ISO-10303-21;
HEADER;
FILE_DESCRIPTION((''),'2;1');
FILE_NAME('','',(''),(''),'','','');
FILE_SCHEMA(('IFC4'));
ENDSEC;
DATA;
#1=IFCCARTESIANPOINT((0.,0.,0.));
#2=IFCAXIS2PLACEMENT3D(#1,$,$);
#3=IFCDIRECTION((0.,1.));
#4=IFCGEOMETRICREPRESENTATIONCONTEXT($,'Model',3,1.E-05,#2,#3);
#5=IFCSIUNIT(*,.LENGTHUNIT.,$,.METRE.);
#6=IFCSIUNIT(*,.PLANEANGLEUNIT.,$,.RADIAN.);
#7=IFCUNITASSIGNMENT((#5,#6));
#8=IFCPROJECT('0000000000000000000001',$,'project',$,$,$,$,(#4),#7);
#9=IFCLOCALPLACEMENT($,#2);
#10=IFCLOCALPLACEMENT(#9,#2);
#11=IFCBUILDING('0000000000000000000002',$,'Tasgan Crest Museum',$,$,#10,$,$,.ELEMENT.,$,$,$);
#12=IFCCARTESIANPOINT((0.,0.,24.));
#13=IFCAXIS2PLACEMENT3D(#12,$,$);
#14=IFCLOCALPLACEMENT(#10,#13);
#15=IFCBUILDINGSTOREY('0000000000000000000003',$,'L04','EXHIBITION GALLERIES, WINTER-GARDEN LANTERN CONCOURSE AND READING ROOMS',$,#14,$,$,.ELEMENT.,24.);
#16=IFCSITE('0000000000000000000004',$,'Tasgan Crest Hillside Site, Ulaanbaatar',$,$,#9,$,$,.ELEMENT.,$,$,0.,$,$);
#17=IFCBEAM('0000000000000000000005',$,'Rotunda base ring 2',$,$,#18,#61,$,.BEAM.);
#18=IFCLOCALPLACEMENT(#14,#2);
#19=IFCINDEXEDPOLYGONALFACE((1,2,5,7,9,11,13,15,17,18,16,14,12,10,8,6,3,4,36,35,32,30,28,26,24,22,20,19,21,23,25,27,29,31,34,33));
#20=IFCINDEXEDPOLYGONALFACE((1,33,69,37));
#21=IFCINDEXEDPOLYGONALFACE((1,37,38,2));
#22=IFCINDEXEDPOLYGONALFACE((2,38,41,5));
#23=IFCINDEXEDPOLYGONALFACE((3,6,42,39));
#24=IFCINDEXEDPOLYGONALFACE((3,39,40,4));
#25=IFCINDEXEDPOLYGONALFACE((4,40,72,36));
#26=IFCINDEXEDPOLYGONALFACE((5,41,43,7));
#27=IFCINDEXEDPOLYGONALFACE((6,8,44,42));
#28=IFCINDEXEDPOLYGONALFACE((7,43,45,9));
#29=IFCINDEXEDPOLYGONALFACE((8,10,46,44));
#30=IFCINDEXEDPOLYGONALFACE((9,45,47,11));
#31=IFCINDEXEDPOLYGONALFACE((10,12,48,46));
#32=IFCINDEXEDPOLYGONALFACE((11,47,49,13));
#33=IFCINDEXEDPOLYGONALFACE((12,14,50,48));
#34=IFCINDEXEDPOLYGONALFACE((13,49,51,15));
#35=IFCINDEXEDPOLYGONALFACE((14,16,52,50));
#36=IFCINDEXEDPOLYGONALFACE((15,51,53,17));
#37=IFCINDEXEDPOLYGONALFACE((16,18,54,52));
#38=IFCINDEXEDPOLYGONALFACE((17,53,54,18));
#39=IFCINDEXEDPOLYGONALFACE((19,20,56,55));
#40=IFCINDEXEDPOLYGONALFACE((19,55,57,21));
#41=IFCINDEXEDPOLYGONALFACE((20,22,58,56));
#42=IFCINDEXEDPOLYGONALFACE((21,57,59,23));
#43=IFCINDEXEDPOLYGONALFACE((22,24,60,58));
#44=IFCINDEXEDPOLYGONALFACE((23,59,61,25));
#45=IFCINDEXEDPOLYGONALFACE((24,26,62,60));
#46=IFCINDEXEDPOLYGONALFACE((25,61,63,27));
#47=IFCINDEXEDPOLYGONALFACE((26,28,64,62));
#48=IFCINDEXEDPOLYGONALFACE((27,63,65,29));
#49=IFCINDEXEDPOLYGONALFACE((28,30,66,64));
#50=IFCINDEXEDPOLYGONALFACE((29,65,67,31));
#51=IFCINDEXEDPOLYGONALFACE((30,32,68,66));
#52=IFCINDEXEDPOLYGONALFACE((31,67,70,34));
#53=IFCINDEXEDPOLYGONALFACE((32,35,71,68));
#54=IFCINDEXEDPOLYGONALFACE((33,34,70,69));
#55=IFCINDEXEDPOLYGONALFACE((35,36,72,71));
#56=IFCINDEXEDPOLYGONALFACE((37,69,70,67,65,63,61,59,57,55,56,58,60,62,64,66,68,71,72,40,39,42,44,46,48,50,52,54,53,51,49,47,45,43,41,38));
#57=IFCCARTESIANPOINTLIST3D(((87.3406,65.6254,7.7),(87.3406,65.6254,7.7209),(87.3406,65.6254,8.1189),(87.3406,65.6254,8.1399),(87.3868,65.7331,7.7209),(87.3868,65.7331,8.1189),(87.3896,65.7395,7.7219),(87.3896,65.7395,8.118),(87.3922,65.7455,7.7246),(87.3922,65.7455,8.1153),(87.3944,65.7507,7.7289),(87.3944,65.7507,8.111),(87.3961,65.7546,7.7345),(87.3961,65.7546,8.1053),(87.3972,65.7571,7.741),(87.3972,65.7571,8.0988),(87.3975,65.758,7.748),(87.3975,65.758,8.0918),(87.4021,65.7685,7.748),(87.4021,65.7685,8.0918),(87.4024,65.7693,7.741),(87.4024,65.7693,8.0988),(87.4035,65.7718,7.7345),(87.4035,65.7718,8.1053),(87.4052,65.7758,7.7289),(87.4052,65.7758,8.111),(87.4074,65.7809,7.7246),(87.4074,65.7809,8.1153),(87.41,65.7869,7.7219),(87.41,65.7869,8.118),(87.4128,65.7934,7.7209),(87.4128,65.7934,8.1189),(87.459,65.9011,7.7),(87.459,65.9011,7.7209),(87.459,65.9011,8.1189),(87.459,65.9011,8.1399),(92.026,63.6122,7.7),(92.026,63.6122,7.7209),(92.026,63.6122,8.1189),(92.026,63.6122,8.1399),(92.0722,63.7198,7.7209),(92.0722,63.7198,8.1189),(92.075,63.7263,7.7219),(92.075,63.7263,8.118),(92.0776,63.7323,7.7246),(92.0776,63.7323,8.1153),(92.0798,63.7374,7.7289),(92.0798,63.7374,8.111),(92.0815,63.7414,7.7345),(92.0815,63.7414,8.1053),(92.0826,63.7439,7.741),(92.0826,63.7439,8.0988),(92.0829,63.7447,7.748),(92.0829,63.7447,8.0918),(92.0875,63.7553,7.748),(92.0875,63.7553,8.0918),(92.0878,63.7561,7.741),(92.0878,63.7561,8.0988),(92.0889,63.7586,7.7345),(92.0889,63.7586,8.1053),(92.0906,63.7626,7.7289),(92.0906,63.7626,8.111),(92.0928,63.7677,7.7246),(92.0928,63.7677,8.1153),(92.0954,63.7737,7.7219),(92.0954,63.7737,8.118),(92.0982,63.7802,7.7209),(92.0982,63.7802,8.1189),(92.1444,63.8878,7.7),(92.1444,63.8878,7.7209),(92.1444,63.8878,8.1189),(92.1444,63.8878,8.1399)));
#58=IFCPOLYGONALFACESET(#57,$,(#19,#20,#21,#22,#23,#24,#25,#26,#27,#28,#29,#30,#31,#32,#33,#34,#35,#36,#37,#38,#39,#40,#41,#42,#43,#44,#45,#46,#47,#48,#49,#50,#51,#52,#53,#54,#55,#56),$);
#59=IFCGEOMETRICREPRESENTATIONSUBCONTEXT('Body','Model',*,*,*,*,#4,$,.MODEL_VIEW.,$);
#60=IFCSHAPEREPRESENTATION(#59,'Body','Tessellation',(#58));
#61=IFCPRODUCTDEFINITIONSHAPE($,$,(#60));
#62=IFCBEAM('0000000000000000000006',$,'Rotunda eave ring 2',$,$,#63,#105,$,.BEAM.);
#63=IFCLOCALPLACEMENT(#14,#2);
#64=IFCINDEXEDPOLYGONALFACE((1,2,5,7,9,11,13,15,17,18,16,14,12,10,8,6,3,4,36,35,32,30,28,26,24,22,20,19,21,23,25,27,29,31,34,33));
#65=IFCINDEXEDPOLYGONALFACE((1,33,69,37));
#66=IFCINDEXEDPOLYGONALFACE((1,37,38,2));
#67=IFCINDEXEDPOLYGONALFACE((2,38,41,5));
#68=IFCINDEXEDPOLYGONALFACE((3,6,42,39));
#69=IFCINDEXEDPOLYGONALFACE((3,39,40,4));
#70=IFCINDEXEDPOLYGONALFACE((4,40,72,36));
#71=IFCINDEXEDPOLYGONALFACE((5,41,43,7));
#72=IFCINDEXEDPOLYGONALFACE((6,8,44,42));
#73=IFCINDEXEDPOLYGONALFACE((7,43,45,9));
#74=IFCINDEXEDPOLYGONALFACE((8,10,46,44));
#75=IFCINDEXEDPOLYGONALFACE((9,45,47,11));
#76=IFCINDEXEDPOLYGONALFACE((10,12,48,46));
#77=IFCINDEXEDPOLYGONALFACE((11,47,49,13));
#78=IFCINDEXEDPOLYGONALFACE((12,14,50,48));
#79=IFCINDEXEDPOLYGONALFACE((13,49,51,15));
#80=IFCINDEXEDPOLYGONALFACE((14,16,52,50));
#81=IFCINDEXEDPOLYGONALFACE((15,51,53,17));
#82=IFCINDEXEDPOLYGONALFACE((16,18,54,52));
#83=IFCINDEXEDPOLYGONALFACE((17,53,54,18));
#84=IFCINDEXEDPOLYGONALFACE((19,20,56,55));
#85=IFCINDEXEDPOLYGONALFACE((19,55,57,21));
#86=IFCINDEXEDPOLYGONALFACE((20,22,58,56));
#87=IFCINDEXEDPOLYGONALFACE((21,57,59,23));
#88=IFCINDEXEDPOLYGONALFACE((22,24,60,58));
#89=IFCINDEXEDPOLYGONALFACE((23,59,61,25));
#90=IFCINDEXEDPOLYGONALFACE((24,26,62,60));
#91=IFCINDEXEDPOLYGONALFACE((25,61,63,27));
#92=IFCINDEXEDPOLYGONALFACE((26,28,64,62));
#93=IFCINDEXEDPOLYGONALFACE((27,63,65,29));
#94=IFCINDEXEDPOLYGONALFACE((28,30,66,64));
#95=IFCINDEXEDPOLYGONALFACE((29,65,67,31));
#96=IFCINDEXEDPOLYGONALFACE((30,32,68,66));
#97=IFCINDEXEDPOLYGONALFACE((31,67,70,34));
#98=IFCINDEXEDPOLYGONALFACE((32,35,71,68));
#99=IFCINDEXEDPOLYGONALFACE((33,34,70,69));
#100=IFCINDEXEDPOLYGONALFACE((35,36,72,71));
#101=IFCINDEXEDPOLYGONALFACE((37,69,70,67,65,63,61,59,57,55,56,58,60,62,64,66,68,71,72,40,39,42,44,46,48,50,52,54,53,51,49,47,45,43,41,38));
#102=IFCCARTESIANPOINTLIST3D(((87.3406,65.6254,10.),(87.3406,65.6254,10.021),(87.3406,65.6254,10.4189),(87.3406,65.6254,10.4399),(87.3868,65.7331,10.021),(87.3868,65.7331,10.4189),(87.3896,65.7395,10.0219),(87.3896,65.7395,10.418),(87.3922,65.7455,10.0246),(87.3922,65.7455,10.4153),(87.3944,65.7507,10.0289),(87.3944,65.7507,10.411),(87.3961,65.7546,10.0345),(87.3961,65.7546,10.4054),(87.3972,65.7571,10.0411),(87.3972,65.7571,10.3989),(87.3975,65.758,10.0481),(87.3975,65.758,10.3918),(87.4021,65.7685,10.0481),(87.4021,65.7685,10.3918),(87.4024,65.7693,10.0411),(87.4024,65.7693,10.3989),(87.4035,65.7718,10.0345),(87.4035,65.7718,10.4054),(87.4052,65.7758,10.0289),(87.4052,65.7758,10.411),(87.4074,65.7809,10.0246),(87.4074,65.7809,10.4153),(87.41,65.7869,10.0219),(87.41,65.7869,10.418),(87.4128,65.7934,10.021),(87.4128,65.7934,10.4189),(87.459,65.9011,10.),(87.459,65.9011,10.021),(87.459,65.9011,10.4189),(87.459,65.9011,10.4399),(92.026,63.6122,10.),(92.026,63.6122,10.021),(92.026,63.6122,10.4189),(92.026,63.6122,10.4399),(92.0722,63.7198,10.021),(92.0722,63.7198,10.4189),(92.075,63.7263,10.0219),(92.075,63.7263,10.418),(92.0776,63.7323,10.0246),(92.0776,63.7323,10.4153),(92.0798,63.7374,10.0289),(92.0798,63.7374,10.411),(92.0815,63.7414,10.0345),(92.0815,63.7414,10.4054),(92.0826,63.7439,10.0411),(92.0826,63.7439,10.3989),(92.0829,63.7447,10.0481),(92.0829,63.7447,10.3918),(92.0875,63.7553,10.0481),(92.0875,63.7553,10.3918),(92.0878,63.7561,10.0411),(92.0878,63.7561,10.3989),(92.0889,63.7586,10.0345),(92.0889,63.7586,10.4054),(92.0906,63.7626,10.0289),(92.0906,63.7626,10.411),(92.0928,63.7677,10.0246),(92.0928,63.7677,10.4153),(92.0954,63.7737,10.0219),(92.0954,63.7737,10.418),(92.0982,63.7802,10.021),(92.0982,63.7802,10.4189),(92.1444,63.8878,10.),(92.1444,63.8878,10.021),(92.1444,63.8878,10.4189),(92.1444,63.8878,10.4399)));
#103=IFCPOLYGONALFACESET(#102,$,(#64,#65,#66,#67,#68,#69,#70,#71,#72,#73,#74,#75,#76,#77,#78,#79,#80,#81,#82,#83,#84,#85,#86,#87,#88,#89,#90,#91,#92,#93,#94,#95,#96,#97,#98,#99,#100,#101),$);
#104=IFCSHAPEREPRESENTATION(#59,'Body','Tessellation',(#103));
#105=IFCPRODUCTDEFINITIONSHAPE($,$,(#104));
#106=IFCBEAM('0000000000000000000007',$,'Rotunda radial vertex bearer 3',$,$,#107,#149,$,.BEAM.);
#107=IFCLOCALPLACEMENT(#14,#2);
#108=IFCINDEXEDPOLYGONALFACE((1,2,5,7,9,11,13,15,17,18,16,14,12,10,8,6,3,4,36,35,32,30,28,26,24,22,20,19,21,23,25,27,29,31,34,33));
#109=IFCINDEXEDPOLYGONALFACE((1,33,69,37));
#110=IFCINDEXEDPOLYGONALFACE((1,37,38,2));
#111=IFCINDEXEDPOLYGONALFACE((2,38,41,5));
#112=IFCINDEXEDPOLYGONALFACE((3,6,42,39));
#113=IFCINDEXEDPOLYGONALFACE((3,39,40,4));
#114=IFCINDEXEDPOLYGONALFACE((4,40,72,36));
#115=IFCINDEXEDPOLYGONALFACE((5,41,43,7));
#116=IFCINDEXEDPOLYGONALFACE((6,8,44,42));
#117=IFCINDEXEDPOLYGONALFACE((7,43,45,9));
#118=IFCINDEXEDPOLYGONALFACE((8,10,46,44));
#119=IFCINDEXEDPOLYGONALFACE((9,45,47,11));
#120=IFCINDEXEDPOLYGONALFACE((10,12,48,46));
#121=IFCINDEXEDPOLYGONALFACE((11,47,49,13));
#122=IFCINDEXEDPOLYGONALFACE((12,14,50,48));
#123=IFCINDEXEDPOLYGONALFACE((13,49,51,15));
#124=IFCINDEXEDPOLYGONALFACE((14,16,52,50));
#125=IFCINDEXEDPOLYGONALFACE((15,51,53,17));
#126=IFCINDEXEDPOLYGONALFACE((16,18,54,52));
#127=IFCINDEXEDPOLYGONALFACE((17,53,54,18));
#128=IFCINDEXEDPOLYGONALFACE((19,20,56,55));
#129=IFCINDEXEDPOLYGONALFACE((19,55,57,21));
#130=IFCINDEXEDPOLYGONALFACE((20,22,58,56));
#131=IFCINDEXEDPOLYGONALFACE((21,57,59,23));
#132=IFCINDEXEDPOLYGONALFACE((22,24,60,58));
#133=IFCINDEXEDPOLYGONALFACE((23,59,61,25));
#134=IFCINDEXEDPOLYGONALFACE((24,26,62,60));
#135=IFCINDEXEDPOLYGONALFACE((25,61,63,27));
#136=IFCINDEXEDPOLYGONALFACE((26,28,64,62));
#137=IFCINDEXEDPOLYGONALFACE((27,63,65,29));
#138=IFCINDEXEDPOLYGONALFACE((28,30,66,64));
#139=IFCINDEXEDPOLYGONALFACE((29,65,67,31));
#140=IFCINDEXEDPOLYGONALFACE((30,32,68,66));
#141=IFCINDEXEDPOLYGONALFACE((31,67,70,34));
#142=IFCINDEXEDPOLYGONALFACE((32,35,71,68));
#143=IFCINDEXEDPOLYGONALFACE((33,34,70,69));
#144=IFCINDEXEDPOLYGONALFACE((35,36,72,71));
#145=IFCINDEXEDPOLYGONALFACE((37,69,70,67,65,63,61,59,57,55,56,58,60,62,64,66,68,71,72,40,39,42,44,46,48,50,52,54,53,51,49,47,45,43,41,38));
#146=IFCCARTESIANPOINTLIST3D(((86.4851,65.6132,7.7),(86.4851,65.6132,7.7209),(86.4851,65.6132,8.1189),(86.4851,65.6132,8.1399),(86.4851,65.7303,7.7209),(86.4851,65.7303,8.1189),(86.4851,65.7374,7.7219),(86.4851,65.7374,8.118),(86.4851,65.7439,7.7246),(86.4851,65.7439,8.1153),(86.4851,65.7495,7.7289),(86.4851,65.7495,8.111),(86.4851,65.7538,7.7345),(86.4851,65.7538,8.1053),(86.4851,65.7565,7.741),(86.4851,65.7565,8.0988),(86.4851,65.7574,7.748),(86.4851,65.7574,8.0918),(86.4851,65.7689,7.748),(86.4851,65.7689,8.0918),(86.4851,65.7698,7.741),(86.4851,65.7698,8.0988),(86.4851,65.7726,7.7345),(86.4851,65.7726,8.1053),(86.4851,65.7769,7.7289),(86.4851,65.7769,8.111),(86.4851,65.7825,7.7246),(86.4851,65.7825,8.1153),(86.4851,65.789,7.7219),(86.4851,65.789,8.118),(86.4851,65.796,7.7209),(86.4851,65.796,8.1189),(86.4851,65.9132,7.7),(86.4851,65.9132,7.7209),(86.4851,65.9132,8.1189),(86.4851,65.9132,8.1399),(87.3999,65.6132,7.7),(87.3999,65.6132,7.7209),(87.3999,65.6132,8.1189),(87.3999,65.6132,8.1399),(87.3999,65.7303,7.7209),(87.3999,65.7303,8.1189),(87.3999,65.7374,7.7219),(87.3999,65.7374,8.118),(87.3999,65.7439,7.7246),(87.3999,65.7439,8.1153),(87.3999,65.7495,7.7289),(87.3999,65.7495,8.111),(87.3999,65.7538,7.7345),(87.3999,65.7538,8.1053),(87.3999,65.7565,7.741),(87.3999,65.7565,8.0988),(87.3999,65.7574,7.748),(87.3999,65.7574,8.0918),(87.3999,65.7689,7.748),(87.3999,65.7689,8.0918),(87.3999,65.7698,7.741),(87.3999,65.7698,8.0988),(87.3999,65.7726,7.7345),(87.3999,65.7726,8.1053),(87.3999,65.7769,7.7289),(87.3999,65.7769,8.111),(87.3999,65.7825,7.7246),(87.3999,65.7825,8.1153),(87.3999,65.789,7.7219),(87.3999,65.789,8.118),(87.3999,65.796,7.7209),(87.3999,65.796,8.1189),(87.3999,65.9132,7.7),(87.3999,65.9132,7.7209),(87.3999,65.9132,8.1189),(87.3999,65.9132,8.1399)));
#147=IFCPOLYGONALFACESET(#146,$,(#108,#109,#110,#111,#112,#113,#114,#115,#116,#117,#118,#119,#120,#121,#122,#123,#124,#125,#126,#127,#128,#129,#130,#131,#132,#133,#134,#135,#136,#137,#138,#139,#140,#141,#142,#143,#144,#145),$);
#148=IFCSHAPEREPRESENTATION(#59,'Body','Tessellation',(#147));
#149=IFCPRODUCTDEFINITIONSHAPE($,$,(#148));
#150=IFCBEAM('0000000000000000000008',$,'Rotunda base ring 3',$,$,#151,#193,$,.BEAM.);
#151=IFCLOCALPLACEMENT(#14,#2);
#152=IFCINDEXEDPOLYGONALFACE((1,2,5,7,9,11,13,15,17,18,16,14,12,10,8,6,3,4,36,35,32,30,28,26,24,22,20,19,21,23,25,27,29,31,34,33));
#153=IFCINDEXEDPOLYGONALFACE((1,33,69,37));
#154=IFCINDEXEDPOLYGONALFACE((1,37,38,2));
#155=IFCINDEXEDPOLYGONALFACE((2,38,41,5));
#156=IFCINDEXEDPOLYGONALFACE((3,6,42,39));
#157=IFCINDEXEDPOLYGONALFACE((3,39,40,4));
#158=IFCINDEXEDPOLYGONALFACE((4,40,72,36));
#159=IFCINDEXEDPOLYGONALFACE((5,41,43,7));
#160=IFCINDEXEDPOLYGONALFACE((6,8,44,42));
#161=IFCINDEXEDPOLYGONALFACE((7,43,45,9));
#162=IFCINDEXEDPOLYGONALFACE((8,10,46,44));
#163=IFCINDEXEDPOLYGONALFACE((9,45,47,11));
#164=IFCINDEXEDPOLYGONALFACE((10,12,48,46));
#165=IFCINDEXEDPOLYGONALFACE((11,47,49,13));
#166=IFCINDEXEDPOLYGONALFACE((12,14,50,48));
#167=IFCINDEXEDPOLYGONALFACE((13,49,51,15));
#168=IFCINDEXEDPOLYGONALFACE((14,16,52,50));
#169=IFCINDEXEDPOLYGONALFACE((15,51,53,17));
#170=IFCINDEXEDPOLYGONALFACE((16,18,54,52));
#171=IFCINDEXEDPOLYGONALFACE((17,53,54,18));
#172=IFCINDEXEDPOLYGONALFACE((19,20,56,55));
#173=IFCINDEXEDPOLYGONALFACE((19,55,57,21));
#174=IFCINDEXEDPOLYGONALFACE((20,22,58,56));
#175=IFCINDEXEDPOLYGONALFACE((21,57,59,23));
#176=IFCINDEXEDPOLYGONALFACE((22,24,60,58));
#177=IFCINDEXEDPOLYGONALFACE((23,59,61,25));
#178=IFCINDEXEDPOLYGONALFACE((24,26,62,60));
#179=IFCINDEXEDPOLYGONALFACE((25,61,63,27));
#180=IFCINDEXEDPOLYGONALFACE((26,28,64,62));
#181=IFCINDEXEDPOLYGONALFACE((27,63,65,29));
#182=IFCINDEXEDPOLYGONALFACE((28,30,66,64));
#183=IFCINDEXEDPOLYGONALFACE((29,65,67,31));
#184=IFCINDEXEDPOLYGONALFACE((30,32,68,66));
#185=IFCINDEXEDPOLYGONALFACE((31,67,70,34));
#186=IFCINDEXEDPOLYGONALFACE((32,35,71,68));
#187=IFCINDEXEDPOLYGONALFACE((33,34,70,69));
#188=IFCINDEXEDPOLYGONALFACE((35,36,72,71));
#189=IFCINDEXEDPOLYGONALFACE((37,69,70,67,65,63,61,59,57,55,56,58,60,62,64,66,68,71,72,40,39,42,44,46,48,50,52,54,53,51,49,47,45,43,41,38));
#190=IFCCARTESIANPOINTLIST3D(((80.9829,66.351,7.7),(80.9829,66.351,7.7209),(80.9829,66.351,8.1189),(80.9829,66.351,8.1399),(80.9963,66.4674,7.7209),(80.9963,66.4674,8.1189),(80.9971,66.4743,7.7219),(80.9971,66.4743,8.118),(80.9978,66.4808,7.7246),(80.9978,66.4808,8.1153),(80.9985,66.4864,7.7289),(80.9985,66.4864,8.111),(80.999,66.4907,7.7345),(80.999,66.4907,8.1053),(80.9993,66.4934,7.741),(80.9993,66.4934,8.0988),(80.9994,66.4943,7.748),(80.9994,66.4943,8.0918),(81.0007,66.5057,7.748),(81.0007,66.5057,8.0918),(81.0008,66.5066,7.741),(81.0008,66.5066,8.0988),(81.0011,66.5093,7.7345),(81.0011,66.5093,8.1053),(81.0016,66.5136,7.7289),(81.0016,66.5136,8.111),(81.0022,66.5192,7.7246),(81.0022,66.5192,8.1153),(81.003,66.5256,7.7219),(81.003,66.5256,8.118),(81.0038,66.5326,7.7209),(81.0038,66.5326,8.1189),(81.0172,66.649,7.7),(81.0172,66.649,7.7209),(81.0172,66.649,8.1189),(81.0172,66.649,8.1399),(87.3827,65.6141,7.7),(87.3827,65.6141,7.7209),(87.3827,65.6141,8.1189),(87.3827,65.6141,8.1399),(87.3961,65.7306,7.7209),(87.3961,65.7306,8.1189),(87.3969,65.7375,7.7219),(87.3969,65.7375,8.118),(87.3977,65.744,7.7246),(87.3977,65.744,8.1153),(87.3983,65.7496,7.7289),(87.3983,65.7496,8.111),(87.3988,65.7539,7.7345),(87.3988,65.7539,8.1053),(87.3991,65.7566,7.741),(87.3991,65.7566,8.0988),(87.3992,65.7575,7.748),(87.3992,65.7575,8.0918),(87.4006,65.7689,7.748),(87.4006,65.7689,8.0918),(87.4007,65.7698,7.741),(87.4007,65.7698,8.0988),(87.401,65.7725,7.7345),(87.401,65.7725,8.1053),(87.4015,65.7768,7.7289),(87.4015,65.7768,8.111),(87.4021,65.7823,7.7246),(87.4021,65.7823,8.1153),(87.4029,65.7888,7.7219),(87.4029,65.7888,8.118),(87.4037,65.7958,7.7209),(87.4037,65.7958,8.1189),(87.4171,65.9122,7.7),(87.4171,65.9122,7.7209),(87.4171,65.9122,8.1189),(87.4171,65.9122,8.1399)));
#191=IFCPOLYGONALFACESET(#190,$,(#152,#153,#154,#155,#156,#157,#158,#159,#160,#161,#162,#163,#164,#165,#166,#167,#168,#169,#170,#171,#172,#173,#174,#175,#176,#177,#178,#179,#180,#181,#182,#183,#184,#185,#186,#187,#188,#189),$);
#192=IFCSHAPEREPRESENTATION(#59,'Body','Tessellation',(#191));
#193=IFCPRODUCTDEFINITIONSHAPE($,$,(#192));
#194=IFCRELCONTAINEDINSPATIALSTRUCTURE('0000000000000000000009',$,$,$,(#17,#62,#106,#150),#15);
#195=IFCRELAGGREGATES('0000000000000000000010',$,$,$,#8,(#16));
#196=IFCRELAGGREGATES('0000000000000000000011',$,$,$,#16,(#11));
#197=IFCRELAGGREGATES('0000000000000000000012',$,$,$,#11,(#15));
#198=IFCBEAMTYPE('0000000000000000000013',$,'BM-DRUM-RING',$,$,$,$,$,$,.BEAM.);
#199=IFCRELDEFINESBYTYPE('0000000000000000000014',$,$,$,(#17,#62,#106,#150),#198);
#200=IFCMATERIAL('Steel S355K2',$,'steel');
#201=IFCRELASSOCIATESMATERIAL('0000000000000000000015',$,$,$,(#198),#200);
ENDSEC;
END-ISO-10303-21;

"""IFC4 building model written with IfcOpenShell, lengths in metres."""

from ifc_helpers import new_model, si_unit, direction, frame, origin, origin_2d, place, context, subcontext, project, spatial, i_section, extrude, material, material_profile, profile_set, type_object, element, save


model = new_model("IFC4")

# Units and contexts
model_context = context("Model", 3, precision=1e-05, world=origin(), true_north=direction((0.0, 1.0)))
body_context = subcontext(model_context, "Body", "Model", "MODEL_VIEW")
ifc_project = project(units=[si_unit("LENGTHUNIT", "METRE"), si_unit("PLANEANGLEUNIT", "RADIAN")], contexts=[model_context])

# Site, building, storey
site_placement = place(None, origin())
site = spatial("IfcSite", under=ifc_project, at=site_placement, Name="Tasgan Crest Hillside Site, Ulaanbaatar", CompositionType="ELEMENT", RefElevation=0.0)
building_placement = place(site_placement, origin())
building = spatial("IfcBuilding", under=site, at=building_placement, Name="Tasgan Crest Museum", CompositionType="ELEMENT")
storey_placement = place(building_placement, frame((0.0, 0.0, 24.0)))
storey = spatial("IfcBuildingStorey", under=building, at=storey_placement, Name="L04", Description="EXHIBITION GALLERIES, WINTER-GARDEN LANTERN CONCOURSE AND READING ROOMS", CompositionType="ELEMENT", Elevation=24.0)

# Beams
ifc_material_1 = material(Name="Steel S355K2", Category="steel")
ifc_material_profile_1 = material_profile(ifc_material_1, i_section(OverallWidth=0.3, OverallDepth=0.4399, WebThickness=0.0115, FlangeThickness=0.021, FilletRadius=0.0271, at=origin_2d()), Name="HEA 450")
ifc_profile_set_1 = profile_set([ifc_material_profile_1], Name="Steel S355K2")
beam_type_1 = type_object("IfcBeamType", Name="BM-DRUM-RING", PredefinedType="BEAM", material=ifc_profile_set_1)
for number, where, z_axis, x_axis, name in (
    (1, (92.0852, 63.75, 7.9199), (-0.918776, 0.39478, 0.0), (-0.39478, -0.918776, 0.0), "Rotunda base ring 2"),
    (2, (92.0852, 63.75, 10.22), (-0.918776, 0.39478, 0.0), (-0.39478, -0.918776, 0.0), "Rotunda eave ring 2"),
):
    element("IfcBeam", number, at=place(storey_placement, frame(where, z_axis=z_axis, x_axis=x_axis)), inside=storey, type_object=beam_type_1, Name=name, PredefinedType="BEAM", context=body_context, shape_type="SweptSolid", body=[
        extrude(i_section(OverallWidth=0.3, OverallDepth=0.4399, WebThickness=0.0115, FlangeThickness=0.021, FilletRadius=0.0271, at=origin_2d()), origin(), (0.0, 0.0, 1.0), 5.0996),
    ])
beam_1_placement = place(storey_placement, frame((86.4851, 65.7632, 7.9199), z_axis=(1.0, 0.0, 0.0), x_axis=(0.0, 1.0, 0.0)))
element("IfcBeam", 3, at=beam_1_placement, inside=storey, type_object=beam_type_1, Name="Rotunda radial vertex bearer 3", PredefinedType="BEAM", context=body_context, shape_type="SweptSolid", body=[
    extrude(i_section(OverallWidth=0.3, OverallDepth=0.4399, WebThickness=0.0115, FlangeThickness=0.021, FilletRadius=0.0271, at=origin_2d()), origin(), (0.0, 0.0, 1.0), 0.9148),
])
for number, where, z_axis, x_axis, name in (
    (4, (87.3999, 65.7632, 7.9199), (-0.993438, 0.114374, 0.0), (-0.114374, -0.993438, 0.0), "Rotunda base ring 3"),
):
    element("IfcBeam", number, at=place(storey_placement, frame(where, z_axis=z_axis, x_axis=x_axis)), inside=storey, type_object=beam_type_1, Name=name, PredefinedType="BEAM", context=body_context, shape_type="SweptSolid", body=[
        extrude(i_section(OverallWidth=0.3, OverallDepth=0.4399, WebThickness=0.0115, FlangeThickness=0.021, FilletRadius=0.0271, at=origin_2d()), origin(), (0.0, 0.0, 1.0), 6.4421),
    ])

save(model, "model.ifc")
